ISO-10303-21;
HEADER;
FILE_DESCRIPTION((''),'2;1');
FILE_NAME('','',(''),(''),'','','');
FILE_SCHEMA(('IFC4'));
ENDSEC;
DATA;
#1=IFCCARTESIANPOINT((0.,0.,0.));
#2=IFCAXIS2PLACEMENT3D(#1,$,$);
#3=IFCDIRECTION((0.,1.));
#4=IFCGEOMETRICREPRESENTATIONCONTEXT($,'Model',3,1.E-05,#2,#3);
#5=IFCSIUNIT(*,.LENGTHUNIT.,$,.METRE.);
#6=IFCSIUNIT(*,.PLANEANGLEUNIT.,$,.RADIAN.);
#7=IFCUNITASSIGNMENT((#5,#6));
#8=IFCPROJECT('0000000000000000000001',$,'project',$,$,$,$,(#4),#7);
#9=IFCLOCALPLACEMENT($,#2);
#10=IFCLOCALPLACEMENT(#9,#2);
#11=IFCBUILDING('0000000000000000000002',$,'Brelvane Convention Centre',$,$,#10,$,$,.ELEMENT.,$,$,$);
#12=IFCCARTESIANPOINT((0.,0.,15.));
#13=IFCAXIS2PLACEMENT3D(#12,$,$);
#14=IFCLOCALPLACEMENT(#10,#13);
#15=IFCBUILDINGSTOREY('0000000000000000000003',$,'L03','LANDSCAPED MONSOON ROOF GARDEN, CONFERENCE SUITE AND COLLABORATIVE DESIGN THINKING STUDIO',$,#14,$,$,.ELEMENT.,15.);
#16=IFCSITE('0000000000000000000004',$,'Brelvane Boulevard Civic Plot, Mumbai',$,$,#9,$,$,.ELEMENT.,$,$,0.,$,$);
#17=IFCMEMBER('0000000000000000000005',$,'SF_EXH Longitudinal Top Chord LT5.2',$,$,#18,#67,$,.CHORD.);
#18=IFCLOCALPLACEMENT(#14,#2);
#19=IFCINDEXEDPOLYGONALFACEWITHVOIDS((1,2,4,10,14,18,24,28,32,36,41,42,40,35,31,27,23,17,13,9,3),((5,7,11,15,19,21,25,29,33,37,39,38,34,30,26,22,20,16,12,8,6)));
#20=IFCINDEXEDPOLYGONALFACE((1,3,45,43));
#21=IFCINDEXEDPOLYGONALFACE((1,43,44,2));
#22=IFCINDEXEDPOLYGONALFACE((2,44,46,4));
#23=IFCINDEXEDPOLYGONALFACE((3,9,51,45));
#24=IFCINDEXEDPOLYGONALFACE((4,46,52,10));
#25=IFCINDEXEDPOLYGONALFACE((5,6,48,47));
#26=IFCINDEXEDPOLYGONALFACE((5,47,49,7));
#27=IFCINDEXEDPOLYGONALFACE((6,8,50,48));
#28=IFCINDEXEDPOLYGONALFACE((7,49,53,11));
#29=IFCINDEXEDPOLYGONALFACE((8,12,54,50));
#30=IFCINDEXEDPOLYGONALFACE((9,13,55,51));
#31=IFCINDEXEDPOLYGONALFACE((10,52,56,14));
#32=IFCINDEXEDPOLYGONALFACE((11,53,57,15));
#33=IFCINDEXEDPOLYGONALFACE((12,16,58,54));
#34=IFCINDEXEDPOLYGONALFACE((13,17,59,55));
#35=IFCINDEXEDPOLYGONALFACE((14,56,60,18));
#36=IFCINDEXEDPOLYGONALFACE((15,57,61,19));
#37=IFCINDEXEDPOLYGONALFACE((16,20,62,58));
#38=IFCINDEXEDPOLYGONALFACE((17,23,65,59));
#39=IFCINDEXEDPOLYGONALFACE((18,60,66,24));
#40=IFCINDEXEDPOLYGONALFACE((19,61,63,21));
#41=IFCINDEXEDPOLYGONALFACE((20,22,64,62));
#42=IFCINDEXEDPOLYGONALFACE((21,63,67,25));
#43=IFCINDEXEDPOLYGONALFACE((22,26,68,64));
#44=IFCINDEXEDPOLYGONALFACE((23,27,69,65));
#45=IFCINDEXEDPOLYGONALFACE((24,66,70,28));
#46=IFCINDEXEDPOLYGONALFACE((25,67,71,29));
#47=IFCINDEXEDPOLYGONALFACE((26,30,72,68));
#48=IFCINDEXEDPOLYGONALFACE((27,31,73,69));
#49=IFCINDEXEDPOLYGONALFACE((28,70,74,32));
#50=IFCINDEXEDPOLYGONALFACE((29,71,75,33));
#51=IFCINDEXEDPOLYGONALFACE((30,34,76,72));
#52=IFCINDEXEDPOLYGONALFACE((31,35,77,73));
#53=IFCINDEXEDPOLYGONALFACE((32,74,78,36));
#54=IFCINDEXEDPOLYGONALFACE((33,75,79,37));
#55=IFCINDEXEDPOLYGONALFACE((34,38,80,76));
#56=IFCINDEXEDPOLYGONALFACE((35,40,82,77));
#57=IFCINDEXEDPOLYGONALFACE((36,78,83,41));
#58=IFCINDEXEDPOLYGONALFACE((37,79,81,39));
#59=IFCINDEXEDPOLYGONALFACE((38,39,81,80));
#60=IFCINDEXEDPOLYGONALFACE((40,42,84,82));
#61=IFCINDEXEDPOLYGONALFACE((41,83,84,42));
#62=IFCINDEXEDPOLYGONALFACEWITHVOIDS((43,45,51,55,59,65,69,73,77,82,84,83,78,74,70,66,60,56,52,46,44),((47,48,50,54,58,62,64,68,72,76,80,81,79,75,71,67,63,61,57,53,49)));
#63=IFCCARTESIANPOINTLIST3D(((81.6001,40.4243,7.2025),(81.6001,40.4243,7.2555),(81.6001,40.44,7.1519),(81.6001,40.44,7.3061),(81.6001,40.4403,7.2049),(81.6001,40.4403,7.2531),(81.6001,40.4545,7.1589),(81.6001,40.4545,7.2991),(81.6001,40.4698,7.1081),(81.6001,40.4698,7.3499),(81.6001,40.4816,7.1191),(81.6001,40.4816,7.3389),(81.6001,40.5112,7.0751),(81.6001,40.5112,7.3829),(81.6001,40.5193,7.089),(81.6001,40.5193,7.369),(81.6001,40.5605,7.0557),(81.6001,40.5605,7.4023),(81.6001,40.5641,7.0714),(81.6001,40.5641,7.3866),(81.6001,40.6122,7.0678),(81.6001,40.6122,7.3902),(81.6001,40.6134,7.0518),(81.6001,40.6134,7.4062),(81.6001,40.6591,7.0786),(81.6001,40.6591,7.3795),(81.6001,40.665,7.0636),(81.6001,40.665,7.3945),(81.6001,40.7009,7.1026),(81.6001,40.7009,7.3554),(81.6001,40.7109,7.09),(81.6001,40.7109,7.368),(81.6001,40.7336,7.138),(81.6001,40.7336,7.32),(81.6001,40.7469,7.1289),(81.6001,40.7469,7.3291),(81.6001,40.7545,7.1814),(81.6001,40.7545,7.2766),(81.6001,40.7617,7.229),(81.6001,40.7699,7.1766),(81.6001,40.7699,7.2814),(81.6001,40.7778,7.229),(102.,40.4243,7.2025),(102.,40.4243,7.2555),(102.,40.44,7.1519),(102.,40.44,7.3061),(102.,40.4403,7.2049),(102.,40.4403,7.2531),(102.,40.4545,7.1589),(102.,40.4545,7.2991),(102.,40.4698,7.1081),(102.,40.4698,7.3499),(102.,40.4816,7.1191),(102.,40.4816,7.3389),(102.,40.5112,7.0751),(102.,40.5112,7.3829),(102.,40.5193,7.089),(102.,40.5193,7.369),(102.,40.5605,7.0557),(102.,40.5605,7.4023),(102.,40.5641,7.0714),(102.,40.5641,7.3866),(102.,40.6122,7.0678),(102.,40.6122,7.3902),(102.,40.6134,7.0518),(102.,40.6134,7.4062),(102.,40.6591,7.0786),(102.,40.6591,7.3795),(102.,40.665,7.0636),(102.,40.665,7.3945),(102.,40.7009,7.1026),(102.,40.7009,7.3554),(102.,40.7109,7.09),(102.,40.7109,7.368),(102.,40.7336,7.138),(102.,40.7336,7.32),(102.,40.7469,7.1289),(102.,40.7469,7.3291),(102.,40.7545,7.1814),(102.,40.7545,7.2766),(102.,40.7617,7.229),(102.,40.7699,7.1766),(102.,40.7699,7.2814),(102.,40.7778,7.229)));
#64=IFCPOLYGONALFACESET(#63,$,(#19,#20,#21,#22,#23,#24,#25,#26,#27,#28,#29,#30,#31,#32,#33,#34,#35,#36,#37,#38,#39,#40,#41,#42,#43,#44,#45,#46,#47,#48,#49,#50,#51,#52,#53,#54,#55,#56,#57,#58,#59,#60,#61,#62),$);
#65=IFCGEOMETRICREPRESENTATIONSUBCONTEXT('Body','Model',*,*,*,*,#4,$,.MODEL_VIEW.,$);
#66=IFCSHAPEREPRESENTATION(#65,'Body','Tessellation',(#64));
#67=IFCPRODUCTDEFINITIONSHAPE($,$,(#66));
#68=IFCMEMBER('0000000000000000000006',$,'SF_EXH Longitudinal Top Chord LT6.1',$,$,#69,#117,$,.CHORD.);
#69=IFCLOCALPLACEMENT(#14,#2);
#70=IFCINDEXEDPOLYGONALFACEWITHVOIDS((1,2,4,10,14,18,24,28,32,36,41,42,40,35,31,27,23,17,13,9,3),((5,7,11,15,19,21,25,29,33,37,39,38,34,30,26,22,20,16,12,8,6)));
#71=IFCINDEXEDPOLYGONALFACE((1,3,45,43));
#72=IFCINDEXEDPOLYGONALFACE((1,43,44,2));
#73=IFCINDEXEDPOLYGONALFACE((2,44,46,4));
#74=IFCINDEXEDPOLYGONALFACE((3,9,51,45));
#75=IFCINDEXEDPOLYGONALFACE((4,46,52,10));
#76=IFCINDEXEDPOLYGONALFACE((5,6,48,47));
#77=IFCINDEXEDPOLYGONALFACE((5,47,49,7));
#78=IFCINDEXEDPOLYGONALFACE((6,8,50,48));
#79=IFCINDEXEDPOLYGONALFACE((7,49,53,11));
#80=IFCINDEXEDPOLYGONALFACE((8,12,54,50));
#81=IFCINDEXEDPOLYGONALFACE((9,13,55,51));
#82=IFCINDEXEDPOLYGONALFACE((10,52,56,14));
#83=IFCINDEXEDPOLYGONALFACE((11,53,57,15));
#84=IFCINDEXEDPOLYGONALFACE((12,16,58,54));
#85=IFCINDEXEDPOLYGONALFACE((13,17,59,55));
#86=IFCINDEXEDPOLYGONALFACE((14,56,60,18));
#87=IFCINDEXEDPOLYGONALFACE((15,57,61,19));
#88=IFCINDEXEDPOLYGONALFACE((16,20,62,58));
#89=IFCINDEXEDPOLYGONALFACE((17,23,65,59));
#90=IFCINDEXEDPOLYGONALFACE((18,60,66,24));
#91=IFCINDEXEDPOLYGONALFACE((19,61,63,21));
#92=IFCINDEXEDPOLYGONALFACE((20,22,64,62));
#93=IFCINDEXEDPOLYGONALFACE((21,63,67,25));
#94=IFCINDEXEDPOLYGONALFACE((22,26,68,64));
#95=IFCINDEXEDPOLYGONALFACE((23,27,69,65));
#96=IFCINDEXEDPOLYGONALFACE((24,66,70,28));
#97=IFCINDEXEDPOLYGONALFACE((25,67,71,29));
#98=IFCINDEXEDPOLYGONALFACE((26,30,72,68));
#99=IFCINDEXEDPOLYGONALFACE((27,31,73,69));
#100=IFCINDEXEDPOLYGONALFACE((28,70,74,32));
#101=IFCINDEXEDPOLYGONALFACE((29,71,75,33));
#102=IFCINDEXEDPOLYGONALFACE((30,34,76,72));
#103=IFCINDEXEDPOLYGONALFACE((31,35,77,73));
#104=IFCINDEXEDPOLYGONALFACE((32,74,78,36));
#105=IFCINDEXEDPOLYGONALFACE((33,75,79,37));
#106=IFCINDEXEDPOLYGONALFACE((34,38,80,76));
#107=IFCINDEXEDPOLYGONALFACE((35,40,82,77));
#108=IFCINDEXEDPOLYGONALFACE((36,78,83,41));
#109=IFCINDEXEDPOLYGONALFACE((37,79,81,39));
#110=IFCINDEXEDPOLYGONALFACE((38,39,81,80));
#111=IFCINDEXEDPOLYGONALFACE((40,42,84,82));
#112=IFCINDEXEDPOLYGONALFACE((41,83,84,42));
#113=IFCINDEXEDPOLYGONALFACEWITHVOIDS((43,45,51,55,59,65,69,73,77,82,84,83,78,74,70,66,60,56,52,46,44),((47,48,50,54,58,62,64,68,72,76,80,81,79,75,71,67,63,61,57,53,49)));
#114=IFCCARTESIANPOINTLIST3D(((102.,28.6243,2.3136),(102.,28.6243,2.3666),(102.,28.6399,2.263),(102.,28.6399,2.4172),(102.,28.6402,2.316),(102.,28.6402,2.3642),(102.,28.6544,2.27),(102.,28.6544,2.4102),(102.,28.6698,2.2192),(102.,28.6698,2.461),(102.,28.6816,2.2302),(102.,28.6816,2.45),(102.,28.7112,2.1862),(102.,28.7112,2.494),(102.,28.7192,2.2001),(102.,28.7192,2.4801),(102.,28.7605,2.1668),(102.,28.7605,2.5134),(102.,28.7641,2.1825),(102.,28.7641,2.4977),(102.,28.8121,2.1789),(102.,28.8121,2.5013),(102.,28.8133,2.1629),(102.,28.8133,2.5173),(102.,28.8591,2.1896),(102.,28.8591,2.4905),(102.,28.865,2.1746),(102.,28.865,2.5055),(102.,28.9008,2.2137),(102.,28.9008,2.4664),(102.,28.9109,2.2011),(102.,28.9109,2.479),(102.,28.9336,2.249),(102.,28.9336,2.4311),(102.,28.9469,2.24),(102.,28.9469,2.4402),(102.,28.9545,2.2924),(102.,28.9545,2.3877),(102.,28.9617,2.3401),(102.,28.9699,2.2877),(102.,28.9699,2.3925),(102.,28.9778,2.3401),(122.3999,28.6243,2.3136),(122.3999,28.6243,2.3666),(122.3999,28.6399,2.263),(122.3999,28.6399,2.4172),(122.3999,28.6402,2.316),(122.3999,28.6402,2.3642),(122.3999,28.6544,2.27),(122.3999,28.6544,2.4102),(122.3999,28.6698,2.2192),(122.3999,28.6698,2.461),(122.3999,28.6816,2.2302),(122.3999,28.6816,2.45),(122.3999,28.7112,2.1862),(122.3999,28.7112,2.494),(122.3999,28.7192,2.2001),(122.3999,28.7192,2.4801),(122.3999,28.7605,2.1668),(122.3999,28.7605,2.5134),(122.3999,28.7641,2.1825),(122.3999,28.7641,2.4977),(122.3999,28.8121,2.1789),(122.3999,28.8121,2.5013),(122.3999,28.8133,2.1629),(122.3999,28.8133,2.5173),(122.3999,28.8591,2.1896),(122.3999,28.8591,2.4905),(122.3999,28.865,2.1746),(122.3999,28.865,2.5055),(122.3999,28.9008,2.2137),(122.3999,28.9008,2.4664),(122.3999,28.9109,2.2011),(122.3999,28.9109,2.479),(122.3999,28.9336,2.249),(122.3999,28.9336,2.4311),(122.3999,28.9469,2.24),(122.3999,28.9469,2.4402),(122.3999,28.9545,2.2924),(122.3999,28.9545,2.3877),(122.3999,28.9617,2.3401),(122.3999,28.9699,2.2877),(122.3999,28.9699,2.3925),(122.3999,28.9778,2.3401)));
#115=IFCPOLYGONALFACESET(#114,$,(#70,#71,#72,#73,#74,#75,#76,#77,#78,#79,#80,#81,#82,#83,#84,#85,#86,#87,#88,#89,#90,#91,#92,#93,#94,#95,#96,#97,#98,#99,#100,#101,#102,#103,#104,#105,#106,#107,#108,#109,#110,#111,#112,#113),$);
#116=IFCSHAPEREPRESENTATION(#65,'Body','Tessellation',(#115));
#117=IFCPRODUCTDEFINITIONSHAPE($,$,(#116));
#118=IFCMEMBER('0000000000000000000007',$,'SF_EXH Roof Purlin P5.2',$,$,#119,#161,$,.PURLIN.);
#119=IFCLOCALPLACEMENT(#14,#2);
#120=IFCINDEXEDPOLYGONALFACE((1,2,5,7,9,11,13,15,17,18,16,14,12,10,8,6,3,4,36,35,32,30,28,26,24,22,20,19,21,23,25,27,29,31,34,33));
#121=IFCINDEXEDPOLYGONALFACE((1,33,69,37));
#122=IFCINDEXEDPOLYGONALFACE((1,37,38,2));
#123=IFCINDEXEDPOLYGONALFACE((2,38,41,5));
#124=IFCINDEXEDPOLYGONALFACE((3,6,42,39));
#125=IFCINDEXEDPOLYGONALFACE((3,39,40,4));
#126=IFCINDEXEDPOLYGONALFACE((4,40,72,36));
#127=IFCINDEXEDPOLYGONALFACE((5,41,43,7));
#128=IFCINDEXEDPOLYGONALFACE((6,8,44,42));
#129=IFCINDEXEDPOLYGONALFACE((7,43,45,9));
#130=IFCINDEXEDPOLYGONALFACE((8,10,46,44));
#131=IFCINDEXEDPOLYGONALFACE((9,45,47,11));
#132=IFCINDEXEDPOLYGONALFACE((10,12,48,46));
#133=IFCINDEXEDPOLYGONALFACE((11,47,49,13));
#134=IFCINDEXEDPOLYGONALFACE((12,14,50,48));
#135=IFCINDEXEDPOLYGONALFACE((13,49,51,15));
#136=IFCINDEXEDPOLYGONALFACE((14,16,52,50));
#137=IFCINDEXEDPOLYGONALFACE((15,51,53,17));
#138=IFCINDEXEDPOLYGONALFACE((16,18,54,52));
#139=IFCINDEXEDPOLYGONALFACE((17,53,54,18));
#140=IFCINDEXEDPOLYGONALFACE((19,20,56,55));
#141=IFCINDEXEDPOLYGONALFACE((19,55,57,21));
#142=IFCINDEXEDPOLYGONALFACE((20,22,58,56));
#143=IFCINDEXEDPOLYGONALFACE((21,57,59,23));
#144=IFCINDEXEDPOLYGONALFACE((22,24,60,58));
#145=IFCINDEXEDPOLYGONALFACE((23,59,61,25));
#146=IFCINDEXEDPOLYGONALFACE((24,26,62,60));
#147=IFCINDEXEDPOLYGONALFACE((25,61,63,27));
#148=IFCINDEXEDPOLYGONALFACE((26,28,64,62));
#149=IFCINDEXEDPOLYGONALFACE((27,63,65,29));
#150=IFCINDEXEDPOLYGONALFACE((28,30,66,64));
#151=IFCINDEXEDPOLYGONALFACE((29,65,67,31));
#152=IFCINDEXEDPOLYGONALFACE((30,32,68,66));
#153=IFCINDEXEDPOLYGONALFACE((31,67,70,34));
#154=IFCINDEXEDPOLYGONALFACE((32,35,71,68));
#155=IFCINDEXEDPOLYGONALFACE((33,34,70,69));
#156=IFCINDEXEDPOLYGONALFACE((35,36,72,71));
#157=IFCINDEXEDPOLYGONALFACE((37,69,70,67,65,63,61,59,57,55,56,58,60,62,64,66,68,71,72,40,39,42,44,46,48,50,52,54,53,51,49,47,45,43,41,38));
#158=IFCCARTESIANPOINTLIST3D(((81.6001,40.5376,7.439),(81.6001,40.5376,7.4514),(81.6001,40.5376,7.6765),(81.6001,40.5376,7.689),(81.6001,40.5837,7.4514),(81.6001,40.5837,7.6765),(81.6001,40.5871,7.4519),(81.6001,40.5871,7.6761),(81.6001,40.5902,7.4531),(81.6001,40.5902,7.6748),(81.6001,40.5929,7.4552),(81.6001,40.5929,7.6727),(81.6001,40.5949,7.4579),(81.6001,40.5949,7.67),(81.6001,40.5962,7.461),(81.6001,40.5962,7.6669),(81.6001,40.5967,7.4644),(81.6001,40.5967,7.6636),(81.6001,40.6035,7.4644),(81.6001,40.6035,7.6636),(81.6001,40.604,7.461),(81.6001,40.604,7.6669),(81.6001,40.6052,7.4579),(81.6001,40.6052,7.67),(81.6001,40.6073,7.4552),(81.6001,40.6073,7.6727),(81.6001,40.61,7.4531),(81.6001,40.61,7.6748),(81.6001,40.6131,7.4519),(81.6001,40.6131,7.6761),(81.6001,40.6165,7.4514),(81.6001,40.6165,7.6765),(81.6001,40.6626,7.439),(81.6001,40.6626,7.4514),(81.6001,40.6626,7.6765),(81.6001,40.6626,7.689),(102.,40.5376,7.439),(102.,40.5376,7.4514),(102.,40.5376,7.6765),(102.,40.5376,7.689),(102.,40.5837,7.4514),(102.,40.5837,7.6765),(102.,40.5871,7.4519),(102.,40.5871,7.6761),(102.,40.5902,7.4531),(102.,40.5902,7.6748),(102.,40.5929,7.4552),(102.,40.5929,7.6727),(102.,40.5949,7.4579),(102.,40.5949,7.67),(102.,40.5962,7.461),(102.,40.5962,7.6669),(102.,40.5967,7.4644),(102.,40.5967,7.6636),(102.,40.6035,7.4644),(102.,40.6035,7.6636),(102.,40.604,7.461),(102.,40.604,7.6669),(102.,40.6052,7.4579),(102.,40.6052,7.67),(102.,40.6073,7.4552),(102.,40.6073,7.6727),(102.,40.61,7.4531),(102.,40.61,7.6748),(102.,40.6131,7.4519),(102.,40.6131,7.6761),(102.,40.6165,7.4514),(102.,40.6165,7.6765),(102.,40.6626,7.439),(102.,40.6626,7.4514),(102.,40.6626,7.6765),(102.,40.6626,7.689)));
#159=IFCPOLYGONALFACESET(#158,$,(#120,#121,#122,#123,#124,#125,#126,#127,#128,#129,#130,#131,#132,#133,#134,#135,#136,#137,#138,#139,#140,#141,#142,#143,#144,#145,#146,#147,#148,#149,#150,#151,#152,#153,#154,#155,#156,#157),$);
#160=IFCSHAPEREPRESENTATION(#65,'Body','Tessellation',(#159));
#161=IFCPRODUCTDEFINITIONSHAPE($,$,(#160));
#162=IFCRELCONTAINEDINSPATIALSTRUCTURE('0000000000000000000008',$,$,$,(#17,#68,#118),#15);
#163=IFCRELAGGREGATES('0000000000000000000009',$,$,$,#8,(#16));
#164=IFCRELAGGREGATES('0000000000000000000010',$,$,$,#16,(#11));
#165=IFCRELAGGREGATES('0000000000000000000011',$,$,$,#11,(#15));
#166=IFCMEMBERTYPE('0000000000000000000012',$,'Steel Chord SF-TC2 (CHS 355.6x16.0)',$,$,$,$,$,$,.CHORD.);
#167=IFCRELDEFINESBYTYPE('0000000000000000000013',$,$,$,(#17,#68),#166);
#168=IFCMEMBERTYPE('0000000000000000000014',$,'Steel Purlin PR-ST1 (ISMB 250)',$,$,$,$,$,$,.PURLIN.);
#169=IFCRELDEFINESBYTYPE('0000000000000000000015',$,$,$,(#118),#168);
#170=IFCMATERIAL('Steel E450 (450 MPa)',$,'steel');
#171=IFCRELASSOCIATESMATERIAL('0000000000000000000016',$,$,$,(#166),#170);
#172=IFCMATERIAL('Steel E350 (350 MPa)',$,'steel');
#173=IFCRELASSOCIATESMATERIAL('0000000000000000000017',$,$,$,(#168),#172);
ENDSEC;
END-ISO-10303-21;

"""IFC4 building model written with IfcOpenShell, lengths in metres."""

from ifc_helpers import new_model, si_unit, direction, frame, origin, origin_2d, place, context, subcontext, project, spatial, hollow_circle, i_section, extrude, material, material_profile, profile_set, type_object, element, save


model = new_model("IFC4")

# Units and contexts
model_context = context("Model", 3, precision=1e-05, world=origin(), true_north=direction((0.0, 1.0)))
body_context = subcontext(model_context, "Body", "Model", "MODEL_VIEW")
ifc_project = project(units=[si_unit("LENGTHUNIT", "METRE"), si_unit("PLANEANGLEUNIT", "RADIAN")], contexts=[model_context])

# Site, building, storey
site_placement = place(None, origin())
site = spatial("IfcSite", under=ifc_project, at=site_placement, Name="Brelvane Boulevard Civic Plot, Mumbai", CompositionType="ELEMENT", RefElevation=0.0)
building_placement = place(site_placement, origin())
building = spatial("IfcBuilding", under=site, at=building_placement, Name="Brelvane Convention Centre", CompositionType="ELEMENT")
storey_placement = place(building_placement, frame((0.0, 0.0, 15.0)))
storey = spatial("IfcBuildingStorey", under=building, at=storey_placement, Name="L03", Description="LANDSCAPED MONSOON ROOF GARDEN, CONFERENCE SUITE AND COLLABORATIVE DESIGN THINKING STUDIO", CompositionType="ELEMENT", Elevation=15.0)

# Members
ifc_material_1 = material(Name="Steel E450 (450 MPa)", Category="steel")
ifc_material_profile_1 = material_profile(ifc_material_1, hollow_circle(Radius=0.1777, WallThickness=0.0161, at=origin_2d()), Name="CHS 355.6x16.0")
ifc_profile_set_1 = profile_set([ifc_material_profile_1], Name="Steel E450 (450 MPa)")
member_type_1 = type_object("IfcMemberType", Name="Steel Chord SF-TC2 (CHS 355.6x16.0)", PredefinedType="CHORD", material=ifc_profile_set_1)
for number, where, z_axis, x_axis, name in (
    (1, (81.6001, 40.6001, 7.229), (1.0, 0.0, 0.0), (0.0, 1.0, 0.0), "SF_EXH Longitudinal Top Chord LT5.2"),
    (2, (102.0, 28.8, 2.3401), (1.0, 0.0, 0.0), (0.0, 1.0, 0.0), "SF_EXH Longitudinal Top Chord LT6.1"),
):
    element("IfcMember", number, at=place(storey_placement, frame(where, z_axis=z_axis, x_axis=x_axis)), inside=storey, type_object=member_type_1, Name=name, PredefinedType="CHORD", context=body_context, shape_type="SweptSolid", body=[
        extrude(hollow_circle(Radius=0.1777, WallThickness=0.0161, at=origin_2d()), origin(), (0.0, 0.0, 1.0), 20.3999),
    ])
ifc_material_2 = material(Name="Steel E350 (350 MPa)", Category="steel")
ifc_material_profile_2 = material_profile(ifc_material_2, i_section(OverallWidth=0.125, OverallDepth=0.25, WebThickness=0.0068, FlangeThickness=0.0125, FilletRadius=0.0129, at=origin_2d()), Name="ISMB 250")
ifc_profile_set_2 = profile_set([ifc_material_profile_2], Name="Steel E350 (350 MPa)")
member_type_2 = type_object("IfcMemberType", Name="Steel Purlin PR-ST1 (ISMB 250)", PredefinedType="PURLIN", material=ifc_profile_set_2)
member_1_placement = place(storey_placement, frame((81.6001, 40.6001, 7.564), z_axis=(1.0, 0.0, 0.0), x_axis=(0.0, 1.0, 0.0)))
element("IfcMember", 3, at=member_1_placement, inside=storey, type_object=member_type_2, Name="SF_EXH Roof Purlin P5.2", PredefinedType="PURLIN", context=body_context, shape_type="SweptSolid", body=[
    extrude(i_section(OverallWidth=0.125, OverallDepth=0.25, WebThickness=0.0068, FlangeThickness=0.0125, FilletRadius=0.0129, at=origin_2d()), origin(), (0.0, 0.0, 1.0), 20.3999),
])

save(model, "model.ifc")
